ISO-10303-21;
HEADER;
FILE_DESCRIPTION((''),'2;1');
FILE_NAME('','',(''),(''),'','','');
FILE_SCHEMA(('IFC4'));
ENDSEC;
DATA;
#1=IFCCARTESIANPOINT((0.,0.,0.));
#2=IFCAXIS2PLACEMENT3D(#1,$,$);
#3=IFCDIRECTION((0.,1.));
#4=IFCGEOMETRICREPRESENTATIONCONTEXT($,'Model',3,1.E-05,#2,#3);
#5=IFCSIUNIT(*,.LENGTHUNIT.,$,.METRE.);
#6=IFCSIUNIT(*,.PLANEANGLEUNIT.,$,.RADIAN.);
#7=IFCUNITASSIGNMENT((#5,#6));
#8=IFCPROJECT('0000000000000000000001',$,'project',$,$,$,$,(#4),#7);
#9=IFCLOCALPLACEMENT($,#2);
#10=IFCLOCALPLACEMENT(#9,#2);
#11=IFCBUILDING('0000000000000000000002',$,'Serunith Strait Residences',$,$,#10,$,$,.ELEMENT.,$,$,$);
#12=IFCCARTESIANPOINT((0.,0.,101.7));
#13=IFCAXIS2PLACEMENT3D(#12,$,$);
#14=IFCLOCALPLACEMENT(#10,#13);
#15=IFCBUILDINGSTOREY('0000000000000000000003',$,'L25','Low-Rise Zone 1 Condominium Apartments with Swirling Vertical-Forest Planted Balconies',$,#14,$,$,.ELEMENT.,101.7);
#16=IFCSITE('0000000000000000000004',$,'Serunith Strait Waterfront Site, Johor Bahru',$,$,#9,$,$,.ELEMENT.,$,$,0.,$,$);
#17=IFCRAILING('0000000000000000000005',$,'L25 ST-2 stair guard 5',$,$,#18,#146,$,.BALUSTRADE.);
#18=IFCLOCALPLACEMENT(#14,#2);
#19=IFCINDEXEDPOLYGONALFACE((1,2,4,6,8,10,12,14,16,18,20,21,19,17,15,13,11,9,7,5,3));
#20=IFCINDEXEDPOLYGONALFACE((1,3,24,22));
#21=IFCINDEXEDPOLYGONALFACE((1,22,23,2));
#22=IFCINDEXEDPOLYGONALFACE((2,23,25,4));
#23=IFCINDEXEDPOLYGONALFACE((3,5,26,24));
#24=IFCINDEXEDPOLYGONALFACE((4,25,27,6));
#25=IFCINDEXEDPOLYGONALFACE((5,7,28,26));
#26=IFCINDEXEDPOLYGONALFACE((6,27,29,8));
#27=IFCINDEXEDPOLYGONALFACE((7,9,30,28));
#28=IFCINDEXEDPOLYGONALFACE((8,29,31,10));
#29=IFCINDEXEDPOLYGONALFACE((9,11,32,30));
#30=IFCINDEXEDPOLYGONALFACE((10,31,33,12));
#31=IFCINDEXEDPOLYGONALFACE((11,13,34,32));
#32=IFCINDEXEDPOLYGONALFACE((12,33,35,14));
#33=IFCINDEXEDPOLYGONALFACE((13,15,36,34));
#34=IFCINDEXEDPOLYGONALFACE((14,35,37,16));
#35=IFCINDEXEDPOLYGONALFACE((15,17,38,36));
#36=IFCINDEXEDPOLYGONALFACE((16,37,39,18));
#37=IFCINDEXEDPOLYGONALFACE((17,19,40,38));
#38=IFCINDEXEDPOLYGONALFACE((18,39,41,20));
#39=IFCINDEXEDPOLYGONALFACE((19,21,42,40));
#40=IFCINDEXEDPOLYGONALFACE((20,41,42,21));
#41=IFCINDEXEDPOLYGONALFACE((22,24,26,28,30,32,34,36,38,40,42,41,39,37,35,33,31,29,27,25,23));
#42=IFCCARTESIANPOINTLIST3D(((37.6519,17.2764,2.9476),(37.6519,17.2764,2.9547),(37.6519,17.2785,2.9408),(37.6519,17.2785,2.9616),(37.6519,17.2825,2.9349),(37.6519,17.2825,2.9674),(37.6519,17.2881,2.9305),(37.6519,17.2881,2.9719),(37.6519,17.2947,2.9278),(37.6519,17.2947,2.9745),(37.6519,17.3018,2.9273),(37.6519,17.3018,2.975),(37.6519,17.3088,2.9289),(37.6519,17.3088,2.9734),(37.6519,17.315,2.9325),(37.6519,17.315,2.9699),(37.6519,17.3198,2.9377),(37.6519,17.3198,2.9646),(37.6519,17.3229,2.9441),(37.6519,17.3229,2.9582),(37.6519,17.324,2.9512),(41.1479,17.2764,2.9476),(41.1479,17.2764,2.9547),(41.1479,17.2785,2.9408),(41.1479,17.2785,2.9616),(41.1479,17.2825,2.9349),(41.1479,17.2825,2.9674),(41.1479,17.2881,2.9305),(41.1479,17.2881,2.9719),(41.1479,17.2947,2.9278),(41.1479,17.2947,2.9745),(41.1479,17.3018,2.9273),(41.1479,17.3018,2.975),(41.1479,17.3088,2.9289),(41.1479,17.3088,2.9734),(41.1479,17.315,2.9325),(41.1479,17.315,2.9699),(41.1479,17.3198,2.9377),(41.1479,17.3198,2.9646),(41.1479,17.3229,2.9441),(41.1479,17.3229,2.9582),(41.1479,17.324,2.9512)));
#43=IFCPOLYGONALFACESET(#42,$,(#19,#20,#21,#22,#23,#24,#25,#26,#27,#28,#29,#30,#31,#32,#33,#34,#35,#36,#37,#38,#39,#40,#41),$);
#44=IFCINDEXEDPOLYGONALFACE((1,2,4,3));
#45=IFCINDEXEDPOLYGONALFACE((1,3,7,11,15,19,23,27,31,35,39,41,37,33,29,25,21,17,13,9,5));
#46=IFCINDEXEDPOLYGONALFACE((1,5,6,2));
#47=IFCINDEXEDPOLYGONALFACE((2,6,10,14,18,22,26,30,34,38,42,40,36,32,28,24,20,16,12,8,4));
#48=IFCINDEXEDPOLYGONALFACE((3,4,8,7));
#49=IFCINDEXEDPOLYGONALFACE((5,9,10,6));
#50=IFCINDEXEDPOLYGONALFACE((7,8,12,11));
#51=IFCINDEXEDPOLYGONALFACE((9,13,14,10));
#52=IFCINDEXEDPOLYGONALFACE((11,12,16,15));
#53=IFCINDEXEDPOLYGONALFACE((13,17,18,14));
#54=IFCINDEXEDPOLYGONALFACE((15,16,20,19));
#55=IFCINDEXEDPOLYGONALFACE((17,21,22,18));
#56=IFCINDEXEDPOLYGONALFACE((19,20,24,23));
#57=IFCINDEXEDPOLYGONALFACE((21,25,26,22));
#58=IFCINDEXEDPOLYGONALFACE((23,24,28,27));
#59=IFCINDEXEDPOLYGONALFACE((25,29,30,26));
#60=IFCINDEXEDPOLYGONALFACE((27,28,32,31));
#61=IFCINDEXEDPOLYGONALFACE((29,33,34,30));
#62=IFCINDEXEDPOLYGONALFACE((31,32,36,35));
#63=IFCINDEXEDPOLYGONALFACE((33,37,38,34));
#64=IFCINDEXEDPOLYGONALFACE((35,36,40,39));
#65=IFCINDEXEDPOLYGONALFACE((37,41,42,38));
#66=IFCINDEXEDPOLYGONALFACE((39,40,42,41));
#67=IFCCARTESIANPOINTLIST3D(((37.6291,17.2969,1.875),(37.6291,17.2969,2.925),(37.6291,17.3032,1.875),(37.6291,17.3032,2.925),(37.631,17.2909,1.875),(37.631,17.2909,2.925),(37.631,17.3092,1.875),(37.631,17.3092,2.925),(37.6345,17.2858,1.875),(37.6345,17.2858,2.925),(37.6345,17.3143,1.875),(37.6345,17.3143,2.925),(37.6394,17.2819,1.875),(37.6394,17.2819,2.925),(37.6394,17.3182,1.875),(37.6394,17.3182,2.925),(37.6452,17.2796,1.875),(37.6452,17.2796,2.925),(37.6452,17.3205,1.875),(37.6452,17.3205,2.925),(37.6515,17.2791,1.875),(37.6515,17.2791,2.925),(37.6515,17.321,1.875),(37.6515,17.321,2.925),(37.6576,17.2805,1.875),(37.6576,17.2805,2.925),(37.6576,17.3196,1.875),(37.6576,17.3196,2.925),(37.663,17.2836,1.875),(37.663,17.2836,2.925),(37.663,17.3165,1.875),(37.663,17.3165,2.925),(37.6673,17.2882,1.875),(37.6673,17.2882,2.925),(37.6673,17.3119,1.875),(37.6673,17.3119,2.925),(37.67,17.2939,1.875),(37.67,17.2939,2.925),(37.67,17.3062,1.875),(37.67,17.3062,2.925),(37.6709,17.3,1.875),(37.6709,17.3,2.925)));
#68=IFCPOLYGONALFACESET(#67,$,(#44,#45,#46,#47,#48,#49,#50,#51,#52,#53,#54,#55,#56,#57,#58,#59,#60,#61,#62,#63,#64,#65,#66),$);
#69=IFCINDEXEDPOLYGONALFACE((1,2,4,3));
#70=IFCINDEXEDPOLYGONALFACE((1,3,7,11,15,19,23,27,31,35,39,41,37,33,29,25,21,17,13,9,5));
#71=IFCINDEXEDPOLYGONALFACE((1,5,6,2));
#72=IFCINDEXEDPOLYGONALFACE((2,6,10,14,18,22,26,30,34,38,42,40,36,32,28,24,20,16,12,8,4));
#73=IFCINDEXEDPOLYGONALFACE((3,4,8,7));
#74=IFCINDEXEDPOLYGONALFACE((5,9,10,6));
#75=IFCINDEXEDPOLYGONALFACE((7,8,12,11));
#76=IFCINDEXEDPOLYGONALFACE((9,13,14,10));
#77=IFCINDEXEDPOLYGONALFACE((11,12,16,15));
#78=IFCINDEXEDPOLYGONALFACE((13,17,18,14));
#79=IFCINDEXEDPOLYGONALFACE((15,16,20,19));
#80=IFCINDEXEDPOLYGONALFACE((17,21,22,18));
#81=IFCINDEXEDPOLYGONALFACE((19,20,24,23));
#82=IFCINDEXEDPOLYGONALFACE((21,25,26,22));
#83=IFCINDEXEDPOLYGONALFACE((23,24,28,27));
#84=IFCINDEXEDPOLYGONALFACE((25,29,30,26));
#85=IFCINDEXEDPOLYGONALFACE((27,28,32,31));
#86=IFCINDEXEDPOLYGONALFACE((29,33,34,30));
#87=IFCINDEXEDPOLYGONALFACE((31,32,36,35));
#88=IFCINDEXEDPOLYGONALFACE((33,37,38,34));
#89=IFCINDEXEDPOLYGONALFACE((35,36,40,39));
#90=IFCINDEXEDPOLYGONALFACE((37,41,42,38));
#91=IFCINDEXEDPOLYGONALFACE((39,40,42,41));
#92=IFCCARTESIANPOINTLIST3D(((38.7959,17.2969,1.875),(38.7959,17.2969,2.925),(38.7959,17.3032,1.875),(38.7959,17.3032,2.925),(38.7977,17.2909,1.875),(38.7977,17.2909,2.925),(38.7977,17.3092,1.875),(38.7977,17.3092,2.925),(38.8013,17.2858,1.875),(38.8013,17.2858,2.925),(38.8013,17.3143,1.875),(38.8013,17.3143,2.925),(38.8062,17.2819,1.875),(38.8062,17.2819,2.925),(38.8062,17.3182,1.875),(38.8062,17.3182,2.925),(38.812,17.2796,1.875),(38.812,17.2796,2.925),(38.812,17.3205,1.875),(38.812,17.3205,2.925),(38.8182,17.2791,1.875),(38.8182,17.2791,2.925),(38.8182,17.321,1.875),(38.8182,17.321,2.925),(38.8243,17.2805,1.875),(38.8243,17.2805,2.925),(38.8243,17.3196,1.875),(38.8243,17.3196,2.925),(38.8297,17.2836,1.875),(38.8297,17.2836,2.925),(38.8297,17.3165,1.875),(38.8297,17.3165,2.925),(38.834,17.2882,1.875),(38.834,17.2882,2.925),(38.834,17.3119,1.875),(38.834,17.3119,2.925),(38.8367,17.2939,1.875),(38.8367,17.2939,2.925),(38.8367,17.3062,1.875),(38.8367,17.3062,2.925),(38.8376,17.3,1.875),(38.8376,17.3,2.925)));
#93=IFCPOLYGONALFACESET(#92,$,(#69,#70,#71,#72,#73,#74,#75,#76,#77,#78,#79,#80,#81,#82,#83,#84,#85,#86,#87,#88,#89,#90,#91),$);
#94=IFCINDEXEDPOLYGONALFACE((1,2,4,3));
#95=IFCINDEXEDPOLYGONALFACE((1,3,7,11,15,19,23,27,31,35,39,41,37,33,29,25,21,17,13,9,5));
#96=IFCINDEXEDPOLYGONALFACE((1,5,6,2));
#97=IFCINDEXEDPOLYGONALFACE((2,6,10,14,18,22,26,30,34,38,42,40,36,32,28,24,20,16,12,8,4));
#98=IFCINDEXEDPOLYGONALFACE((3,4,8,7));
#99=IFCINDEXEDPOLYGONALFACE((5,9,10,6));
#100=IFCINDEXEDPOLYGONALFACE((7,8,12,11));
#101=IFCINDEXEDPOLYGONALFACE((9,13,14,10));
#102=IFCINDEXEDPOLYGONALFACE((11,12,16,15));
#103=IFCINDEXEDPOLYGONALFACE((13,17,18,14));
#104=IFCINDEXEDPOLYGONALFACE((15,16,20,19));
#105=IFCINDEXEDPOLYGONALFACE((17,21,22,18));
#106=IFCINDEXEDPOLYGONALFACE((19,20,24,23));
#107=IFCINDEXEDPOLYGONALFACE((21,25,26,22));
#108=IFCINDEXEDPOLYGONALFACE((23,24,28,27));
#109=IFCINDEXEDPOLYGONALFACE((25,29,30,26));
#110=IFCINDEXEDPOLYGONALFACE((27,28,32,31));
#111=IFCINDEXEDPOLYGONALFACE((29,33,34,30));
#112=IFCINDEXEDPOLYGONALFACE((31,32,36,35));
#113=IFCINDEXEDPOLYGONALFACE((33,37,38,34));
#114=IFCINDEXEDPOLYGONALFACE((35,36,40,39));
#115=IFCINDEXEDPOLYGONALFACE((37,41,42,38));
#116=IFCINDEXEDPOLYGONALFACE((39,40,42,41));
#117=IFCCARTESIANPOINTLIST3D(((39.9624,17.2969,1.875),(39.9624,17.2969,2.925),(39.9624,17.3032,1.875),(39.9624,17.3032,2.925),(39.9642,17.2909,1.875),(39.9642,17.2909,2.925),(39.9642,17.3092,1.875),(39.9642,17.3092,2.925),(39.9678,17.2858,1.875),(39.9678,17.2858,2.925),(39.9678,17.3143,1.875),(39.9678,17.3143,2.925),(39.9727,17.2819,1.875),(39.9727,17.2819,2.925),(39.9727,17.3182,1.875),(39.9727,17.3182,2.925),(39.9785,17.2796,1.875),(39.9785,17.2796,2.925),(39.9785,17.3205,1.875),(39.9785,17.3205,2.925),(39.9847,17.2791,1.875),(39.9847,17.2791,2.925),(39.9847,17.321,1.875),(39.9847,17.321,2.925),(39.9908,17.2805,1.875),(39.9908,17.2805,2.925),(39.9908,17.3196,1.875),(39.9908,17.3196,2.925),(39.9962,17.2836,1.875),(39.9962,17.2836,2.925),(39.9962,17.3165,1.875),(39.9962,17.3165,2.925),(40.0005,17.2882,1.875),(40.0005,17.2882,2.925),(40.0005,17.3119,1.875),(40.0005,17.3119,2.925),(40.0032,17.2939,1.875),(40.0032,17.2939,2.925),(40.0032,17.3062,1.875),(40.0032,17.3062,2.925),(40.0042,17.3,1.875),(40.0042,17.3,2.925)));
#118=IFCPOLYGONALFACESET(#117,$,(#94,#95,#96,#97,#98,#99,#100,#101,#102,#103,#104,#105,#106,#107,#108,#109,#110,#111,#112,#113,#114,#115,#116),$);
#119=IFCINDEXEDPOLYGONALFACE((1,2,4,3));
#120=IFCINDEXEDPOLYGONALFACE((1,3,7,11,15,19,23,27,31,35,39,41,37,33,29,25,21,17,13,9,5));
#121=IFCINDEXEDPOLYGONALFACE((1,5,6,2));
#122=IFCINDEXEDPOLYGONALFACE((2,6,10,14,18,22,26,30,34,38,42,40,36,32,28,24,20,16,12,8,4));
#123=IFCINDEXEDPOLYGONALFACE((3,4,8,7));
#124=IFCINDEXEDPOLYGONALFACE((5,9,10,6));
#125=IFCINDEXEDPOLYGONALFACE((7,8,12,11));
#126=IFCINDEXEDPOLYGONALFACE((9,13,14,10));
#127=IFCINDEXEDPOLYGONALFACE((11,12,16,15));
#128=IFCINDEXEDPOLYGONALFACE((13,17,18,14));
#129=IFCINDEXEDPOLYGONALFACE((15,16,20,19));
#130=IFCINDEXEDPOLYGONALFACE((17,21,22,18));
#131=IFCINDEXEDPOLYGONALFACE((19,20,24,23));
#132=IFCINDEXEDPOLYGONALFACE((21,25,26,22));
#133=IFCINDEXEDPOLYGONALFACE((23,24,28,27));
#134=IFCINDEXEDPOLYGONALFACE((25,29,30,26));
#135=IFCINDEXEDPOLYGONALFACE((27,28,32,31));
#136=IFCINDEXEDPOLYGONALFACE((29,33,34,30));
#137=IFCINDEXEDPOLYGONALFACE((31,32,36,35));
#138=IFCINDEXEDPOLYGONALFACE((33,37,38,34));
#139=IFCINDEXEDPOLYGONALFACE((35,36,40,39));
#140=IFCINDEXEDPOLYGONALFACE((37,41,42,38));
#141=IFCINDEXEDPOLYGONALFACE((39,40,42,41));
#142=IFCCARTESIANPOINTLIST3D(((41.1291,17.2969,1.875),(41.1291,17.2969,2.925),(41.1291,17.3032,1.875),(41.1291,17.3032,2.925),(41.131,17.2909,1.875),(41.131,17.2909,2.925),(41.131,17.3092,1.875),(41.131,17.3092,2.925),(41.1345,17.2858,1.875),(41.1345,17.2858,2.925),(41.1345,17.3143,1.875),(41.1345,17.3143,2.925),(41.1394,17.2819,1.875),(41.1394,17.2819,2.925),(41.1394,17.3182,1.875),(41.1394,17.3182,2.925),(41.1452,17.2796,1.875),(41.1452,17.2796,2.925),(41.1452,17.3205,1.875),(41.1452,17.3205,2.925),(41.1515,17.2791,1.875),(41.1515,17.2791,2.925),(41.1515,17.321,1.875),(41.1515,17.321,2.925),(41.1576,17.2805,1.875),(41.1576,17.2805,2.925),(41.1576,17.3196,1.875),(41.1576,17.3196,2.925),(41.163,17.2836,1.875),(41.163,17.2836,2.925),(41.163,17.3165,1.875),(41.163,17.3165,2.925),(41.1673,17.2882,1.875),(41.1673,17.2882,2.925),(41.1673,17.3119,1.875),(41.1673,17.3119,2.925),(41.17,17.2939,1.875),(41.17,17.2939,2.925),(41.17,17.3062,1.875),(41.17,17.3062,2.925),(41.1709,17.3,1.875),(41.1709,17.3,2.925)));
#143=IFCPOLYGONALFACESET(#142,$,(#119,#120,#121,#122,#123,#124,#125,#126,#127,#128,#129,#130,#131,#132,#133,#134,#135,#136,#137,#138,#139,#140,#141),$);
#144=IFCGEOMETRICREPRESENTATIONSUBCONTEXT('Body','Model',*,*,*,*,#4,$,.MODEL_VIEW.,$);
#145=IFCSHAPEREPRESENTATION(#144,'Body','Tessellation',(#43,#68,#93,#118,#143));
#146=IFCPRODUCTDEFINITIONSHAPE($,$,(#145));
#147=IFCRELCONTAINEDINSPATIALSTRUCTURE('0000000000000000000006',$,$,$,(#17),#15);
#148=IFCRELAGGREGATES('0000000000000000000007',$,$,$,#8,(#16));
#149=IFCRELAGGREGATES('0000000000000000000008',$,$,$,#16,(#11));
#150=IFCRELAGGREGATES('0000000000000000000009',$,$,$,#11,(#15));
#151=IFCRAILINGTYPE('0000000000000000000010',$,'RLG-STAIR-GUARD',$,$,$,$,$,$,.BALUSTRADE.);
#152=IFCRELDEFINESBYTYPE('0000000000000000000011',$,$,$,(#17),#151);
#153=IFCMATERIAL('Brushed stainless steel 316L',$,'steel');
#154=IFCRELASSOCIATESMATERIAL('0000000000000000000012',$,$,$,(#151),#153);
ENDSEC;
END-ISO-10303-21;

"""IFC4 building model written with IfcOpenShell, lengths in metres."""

from ifc_helpers import new_model, si_unit, direction, frame, origin, origin_2d, place, context, subcontext, project, spatial, circle, extrude, material, type_object, element, save


model = new_model("IFC4")

# Units and contexts
model_context = context("Model", 3, precision=1e-05, world=origin(), true_north=direction((0.0, 1.0)))
body_context = subcontext(model_context, "Body", "Model", "MODEL_VIEW")
ifc_project = project(units=[si_unit("LENGTHUNIT", "METRE"), si_unit("PLANEANGLEUNIT", "RADIAN")], contexts=[model_context])

# Site, building, storey
site_placement = place(None, origin())
site = spatial("IfcSite", under=ifc_project, at=site_placement, Name="Serunith Strait Waterfront Site, Johor Bahru", CompositionType="ELEMENT", RefElevation=0.0)
building_placement = place(site_placement, origin())
building = spatial("IfcBuilding", under=site, at=building_placement, Name="Serunith Strait Residences", CompositionType="ELEMENT")
storey_placement = place(building_placement, frame((0.0, 0.0, 101.7)))
storey = spatial("IfcBuildingStorey", under=building, at=storey_placement, Name="L25", Description="Low-Rise Zone 1 Condominium Apartments with Swirling Vertical-Forest Planted Balconies", CompositionType="ELEMENT", Elevation=101.7)

# Railing
ifc_material_1 = material(Name="Brushed stainless steel 316L", Category="steel")
railing_type_1 = type_object("IfcRailingType", Name="RLG-STAIR-GUARD", PredefinedType="BALUSTRADE", material=ifc_material_1)
railing_1_placement = place(storey_placement, frame((37.6499, 17.3, 1.875)))
element("IfcRailing", 1, at=railing_1_placement, inside=storey, type_object=railing_type_1, Name="L25 ST-2 stair guard 5", PredefinedType="BALUSTRADE", context=body_context, shape_type="SweptSolid", body=[
    extrude(circle(Radius=0.0239, at=origin_2d()), frame((0.002, 0.0, 1.0762), z_axis=(1.0, 0.0, 0.0), x_axis=(0.0, 1.0, 0.0)), (0.0, 0.0, 1.0), 3.4961),
    extrude(circle(Radius=0.021, at=origin_2d()), origin(), (0.0, 0.0, 1.0), 1.05),
    extrude(circle(Radius=0.021, at=origin_2d()), frame((1.1667, 0.0, 0.0)), (0.0, 0.0, 1.0), 1.05),
    extrude(circle(Radius=0.021, at=origin_2d()), frame((2.3333, 0.0, 0.0)), (0.0, 0.0, 1.0), 1.05),
    extrude(circle(Radius=0.021, at=origin_2d()), frame((3.5, 0.0, 0.0)), (0.0, 0.0, 1.0), 1.05),
])

save(model, "model.ifc")
